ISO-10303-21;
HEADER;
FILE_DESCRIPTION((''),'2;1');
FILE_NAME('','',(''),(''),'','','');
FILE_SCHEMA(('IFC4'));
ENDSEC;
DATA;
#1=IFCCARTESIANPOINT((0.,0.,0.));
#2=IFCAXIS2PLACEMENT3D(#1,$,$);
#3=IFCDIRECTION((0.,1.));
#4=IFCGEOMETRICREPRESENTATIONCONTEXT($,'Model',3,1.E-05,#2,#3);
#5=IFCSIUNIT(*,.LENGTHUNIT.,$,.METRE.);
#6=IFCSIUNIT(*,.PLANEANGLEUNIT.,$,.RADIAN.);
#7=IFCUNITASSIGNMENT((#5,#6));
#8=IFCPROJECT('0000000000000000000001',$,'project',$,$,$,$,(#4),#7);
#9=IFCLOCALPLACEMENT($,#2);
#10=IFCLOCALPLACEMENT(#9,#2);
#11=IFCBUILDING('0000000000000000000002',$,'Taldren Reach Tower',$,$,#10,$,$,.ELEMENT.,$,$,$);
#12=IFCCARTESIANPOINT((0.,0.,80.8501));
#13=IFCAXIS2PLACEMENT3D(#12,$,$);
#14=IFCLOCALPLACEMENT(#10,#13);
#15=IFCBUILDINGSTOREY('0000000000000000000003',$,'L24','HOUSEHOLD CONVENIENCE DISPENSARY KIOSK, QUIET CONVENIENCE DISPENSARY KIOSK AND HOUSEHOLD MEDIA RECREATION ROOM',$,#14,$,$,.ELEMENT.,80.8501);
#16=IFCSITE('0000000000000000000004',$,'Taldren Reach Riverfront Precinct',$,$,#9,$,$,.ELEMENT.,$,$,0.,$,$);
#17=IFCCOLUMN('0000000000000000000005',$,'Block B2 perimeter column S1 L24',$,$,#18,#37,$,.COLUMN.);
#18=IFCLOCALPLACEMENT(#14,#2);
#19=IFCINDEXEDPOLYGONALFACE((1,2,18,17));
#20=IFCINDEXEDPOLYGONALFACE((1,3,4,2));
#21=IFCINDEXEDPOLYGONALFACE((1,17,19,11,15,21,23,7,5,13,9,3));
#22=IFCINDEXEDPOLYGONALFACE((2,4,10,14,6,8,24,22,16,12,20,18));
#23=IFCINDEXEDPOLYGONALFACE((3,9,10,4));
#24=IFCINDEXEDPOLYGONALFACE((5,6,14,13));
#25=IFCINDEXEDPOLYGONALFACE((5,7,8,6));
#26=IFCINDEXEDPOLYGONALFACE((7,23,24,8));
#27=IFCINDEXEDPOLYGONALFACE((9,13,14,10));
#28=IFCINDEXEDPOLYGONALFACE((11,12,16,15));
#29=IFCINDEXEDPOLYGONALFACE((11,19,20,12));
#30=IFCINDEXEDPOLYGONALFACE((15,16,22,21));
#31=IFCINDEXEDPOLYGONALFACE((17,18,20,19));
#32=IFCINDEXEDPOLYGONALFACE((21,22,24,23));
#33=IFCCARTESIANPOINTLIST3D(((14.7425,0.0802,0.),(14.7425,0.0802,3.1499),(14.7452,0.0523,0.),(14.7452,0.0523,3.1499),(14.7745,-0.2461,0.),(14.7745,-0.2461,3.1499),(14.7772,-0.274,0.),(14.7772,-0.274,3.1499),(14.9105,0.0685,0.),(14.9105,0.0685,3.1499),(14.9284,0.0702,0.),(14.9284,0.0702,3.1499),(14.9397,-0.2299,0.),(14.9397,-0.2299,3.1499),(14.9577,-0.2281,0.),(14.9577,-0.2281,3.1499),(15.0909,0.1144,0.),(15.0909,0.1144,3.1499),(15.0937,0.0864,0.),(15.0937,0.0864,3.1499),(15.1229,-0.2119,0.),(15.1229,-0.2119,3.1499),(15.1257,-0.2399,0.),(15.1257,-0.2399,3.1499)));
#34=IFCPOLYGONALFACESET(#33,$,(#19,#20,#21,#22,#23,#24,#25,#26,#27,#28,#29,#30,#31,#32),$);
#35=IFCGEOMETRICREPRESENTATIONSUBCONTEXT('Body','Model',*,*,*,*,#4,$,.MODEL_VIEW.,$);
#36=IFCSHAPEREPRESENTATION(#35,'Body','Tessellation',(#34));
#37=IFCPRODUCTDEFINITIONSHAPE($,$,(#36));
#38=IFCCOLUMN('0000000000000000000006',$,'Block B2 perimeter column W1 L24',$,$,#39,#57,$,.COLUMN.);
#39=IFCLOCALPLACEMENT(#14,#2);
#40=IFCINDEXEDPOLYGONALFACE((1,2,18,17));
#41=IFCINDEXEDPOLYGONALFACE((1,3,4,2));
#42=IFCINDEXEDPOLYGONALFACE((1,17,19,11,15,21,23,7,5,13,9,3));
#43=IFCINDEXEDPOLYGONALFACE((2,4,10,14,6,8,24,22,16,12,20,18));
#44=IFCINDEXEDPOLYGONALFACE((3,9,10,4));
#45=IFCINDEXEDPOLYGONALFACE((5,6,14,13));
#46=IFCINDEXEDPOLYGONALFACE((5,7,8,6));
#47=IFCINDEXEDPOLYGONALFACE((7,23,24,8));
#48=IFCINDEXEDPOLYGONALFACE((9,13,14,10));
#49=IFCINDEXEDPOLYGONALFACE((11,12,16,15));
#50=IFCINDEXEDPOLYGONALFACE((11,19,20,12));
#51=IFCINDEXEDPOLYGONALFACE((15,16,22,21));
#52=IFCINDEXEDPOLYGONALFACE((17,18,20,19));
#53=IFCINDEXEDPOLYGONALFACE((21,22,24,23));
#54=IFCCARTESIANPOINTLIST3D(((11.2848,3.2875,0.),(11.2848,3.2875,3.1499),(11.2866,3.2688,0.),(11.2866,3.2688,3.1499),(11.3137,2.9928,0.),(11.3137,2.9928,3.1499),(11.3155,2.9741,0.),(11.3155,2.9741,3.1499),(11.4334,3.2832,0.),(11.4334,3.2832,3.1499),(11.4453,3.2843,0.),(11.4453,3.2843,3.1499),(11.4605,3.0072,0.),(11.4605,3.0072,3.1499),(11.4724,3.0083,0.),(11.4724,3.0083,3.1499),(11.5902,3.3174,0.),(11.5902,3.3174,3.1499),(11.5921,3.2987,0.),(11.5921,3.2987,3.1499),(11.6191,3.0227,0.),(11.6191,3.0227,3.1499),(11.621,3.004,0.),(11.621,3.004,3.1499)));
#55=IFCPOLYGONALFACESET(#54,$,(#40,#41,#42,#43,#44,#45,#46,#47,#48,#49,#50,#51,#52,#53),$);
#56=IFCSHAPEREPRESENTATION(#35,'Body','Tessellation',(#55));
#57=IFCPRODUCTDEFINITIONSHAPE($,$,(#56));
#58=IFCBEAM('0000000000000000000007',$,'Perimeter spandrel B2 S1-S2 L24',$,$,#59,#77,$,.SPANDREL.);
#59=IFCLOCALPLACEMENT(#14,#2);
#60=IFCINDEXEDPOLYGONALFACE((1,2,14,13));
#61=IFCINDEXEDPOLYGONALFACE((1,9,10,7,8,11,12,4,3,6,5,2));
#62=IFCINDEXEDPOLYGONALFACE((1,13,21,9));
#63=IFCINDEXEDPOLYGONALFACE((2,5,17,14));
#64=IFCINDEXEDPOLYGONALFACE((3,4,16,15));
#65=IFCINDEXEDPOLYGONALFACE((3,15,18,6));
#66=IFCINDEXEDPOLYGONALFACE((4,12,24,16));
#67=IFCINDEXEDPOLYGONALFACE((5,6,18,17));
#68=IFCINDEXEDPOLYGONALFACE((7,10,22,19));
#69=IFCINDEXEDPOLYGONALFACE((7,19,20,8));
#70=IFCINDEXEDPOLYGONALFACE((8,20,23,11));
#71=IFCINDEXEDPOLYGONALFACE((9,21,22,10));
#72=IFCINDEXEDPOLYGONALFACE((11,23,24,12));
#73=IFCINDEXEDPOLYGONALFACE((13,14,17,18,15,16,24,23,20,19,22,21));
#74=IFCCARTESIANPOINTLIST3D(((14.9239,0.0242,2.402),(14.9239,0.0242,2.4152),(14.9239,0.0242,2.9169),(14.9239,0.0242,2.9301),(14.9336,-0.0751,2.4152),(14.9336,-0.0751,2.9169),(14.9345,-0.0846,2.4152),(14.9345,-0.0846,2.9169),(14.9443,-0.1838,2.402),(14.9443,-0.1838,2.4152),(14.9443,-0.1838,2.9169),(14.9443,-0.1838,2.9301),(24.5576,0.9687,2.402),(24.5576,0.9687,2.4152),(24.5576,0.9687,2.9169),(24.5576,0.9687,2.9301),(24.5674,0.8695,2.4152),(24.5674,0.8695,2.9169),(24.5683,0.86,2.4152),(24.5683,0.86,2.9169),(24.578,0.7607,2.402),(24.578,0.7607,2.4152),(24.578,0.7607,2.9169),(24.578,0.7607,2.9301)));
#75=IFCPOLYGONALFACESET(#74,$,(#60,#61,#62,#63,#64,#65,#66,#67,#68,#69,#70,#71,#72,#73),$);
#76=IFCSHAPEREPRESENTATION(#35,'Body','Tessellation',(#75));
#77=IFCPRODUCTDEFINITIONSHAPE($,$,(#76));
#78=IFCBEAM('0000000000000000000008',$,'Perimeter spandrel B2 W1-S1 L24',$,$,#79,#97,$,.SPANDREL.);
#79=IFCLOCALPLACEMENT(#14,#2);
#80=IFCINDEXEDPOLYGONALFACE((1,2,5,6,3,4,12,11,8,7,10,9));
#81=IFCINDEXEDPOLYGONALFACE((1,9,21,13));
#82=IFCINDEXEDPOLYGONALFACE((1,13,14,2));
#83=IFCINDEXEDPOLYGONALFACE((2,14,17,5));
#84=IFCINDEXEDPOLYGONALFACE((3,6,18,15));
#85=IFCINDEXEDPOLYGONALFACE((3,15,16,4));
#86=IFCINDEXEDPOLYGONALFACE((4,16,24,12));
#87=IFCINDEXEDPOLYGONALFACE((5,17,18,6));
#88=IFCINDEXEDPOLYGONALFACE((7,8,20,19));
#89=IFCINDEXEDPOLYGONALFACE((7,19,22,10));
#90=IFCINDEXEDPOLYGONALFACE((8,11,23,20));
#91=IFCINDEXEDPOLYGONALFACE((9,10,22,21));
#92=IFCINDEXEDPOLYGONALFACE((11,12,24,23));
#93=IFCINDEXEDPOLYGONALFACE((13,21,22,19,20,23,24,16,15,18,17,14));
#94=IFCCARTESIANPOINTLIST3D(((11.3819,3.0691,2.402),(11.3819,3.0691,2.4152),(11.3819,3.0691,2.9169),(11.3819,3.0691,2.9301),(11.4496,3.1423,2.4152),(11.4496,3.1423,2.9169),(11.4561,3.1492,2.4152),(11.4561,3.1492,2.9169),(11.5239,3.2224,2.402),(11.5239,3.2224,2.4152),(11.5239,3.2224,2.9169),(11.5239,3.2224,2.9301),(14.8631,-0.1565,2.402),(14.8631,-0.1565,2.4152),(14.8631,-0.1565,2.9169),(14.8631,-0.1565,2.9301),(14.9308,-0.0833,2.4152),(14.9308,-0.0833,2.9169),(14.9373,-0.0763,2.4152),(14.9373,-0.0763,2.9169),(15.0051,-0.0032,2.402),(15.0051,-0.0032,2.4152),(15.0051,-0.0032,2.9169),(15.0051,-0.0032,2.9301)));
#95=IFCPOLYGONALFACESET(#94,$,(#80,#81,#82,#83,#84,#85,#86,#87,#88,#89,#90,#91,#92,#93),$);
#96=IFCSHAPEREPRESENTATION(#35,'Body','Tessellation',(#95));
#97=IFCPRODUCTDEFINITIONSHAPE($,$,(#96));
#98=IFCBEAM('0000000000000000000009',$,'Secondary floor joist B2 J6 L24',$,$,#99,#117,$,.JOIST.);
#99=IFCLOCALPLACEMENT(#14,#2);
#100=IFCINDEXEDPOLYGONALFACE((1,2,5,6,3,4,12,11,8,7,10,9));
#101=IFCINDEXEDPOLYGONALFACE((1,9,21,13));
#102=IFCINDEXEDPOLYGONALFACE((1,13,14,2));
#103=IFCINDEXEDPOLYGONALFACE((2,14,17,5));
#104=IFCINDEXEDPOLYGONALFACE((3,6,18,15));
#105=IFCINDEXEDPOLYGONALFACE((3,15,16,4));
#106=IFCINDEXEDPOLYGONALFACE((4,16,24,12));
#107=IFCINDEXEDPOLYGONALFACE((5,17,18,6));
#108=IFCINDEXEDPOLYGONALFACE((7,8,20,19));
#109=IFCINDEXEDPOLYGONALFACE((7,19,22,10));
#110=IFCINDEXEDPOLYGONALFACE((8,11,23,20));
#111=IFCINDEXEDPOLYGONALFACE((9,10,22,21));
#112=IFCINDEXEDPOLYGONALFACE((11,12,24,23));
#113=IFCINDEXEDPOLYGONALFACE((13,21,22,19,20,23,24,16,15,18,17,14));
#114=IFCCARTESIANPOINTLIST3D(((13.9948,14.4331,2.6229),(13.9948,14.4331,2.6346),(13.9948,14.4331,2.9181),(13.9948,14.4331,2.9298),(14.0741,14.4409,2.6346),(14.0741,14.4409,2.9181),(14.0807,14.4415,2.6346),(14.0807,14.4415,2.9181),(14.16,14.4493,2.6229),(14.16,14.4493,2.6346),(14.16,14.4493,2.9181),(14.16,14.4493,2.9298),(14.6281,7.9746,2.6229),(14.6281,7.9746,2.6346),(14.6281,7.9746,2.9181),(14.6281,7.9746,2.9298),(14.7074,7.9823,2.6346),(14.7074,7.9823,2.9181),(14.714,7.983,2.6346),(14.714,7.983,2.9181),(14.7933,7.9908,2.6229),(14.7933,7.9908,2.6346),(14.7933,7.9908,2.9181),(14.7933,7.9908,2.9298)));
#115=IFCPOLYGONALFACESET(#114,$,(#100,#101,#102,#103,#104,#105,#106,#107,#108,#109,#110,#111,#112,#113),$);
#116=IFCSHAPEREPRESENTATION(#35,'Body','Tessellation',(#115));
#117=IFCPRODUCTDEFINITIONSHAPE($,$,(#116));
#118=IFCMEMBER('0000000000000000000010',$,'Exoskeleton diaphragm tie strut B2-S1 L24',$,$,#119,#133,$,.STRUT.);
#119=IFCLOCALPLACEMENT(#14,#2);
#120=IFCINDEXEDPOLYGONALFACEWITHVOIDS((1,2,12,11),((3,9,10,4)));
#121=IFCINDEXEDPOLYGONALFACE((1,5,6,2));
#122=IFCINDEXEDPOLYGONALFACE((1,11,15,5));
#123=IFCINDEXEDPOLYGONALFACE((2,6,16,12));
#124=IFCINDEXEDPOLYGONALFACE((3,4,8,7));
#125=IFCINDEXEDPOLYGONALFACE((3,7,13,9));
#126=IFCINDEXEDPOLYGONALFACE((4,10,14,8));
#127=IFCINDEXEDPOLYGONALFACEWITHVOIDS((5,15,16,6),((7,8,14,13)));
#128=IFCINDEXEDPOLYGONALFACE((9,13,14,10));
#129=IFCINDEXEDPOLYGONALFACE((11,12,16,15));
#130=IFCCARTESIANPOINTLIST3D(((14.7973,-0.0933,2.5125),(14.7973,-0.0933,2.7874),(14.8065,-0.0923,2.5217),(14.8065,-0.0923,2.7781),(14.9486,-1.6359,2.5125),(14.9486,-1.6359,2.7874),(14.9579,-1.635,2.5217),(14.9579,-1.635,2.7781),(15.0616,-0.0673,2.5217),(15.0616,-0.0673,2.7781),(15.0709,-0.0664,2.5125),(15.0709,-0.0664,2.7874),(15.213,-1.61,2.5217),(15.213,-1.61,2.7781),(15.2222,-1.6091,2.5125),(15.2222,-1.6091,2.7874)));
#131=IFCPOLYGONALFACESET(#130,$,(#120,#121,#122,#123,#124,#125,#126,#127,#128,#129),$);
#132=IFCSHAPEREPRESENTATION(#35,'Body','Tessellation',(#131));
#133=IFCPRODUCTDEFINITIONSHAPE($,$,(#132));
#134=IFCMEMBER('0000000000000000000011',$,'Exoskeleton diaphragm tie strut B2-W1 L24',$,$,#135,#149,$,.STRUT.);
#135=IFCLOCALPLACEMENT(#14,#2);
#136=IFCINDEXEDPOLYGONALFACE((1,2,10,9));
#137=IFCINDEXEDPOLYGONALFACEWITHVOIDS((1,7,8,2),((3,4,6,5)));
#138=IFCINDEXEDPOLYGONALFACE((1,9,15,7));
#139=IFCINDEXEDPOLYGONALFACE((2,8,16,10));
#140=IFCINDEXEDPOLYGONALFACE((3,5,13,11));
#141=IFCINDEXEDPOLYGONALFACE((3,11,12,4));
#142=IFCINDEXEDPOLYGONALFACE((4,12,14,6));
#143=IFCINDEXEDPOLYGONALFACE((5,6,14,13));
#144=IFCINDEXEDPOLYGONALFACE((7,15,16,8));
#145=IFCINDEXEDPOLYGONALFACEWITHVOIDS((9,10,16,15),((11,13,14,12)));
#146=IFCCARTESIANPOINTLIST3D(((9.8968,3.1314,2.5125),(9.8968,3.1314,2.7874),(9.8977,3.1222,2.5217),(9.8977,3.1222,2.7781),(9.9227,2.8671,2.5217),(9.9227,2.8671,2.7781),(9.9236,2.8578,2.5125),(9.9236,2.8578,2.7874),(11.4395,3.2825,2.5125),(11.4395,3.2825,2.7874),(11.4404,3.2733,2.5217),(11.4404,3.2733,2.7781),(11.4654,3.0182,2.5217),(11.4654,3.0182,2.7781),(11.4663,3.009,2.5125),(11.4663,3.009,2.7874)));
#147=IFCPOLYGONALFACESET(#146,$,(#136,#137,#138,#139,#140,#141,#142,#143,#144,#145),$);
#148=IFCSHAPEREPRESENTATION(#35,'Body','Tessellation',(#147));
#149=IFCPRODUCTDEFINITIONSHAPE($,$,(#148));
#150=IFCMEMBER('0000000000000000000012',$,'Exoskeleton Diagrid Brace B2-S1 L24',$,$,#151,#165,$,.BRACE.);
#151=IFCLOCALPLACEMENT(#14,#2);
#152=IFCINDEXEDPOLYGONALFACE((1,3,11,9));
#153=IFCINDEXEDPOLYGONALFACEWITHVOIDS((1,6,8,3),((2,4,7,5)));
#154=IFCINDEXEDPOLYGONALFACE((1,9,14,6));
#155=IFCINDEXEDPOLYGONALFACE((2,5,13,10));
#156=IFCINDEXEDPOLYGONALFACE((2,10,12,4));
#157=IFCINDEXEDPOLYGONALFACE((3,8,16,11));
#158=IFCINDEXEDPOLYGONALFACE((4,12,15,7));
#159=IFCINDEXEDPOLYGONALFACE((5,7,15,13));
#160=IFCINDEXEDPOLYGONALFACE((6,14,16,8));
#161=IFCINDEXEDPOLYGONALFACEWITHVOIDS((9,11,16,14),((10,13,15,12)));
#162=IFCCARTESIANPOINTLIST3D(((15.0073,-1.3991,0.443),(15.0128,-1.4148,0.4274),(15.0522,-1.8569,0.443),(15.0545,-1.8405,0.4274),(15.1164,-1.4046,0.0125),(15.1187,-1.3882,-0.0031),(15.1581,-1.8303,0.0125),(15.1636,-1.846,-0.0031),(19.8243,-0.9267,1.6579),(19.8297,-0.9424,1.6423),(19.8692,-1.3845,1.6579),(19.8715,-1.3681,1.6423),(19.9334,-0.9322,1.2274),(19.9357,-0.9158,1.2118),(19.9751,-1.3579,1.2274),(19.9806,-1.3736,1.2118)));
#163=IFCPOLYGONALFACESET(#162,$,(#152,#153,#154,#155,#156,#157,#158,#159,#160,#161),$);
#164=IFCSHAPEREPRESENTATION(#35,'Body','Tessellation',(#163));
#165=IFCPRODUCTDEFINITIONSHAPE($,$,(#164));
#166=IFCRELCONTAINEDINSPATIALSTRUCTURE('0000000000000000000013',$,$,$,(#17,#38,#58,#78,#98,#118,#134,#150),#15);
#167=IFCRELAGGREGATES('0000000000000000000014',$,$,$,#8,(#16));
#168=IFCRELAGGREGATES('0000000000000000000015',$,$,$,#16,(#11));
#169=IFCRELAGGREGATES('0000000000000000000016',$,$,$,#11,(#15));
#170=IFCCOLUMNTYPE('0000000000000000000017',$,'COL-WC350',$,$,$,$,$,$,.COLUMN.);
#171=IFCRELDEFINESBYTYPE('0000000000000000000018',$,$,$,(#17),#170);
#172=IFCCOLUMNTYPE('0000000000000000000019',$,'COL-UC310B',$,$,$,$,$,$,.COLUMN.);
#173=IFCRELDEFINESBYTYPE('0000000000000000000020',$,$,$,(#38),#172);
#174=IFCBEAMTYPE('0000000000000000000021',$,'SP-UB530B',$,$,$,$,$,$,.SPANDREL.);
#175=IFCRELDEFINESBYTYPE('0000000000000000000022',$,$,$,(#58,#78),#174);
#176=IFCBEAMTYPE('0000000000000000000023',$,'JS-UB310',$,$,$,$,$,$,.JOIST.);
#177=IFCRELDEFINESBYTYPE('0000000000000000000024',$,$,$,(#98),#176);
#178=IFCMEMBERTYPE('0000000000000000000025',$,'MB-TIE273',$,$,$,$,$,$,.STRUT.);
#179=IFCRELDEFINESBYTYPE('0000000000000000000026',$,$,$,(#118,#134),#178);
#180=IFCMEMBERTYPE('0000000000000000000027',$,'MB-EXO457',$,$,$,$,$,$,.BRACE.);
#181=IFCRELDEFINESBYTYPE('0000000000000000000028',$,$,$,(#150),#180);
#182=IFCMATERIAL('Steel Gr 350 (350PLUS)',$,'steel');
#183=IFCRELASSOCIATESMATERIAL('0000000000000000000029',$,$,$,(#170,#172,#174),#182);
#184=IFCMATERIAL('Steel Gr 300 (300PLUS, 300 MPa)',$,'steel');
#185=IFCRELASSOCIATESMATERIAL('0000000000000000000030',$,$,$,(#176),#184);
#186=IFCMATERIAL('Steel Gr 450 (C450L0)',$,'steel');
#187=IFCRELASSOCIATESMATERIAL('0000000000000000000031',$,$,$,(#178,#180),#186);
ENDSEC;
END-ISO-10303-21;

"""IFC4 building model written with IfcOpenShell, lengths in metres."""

from ifc_helpers import new_model, si_unit, direction, frame, origin, origin_2d, place, context, subcontext, project, spatial, hollow_rectangle, i_section, extrude, source, transform, mapped, material, material_profile, profile_set, type_object, element, save


model = new_model("IFC4")

# Units and contexts
model_context = context("Model", 3, precision=1e-05, world=origin(), true_north=direction((0.0, 1.0)))
body_context = subcontext(model_context, "Body", "Model", "MODEL_VIEW")
ifc_project = project(units=[si_unit("LENGTHUNIT", "METRE"), si_unit("PLANEANGLEUNIT", "RADIAN")], contexts=[model_context])

# Site, building, storey
site_placement = place(None, origin())
site = spatial("IfcSite", under=ifc_project, at=site_placement, Name="Taldren Reach Riverfront Precinct", CompositionType="ELEMENT", RefElevation=0.0)
building_placement = place(site_placement, origin())
building = spatial("IfcBuilding", under=site, at=building_placement, Name="Taldren Reach Tower", CompositionType="ELEMENT")
storey_placement = place(building_placement, frame((0.0, 0.0, 80.8501)))
storey = spatial("IfcBuildingStorey", under=building, at=storey_placement, Name="L24", Description="HOUSEHOLD CONVENIENCE DISPENSARY KIOSK, QUIET CONVENIENCE DISPENSARY KIOSK AND HOUSEHOLD MEDIA RECREATION ROOM", CompositionType="ELEMENT", Elevation=80.8501)

# Columns
ifc_material_1 = material(Name="Steel Gr 350 (350PLUS)", Category="steel")
ifc_material_profile_1 = material_profile(ifc_material_1, i_section(OverallWidth=0.3501, OverallDepth=0.356, WebThickness=0.0181, FlangeThickness=0.0281, at=origin_2d()), Name="350WC197")
ifc_profile_set_1 = profile_set([ifc_material_profile_1], Name="Steel Gr 350 (350PLUS)")
column_type_1 = type_object("IfcColumnType", Name="COL-WC350", PredefinedType="COLUMN", material=ifc_profile_set_1)
shared_shape_1 = source(origin(), body_context, "Body", "SweptSolid", [
    extrude(i_section(OverallWidth=0.3501, OverallDepth=0.356, WebThickness=0.0181, FlangeThickness=0.0281, at=origin_2d()), origin(), (0.0, 0.0, 1.0), 3.1499),
])
column_1_placement = place(storey_placement, frame((14.9341, -0.0798, 0.0), z_axis=(0.0, 0.0, 1.0), x_axis=(0.995227, 0.097583, 0.0)))
element("IfcColumn", 1, at=column_1_placement, inside=storey, type_object=column_type_1, Name="Block B2 perimeter column S1 L24", PredefinedType="COLUMN", context=body_context, shape_type="MappedRepresentation", body=[
    mapped(shared_shape_1, transform((0.0, 0.0, 0.0), scale=1.0)),
])
ifc_material_profile_2 = material_profile(ifc_material_1, i_section(OverallWidth=0.3069, OverallDepth=0.3149, WebThickness=0.012, FlangeThickness=0.0188, at=origin_2d()), Name="310UC118")
ifc_profile_set_2 = profile_set([ifc_material_profile_2], Name="Steel Gr 350 (350PLUS)")
column_type_2 = type_object("IfcColumnType", Name="COL-UC310B", PredefinedType="COLUMN", material=ifc_profile_set_2)
shared_shape_2 = source(origin(), body_context, "Body", "SweptSolid", [
    extrude(i_section(OverallWidth=0.3069, OverallDepth=0.3149, WebThickness=0.012, FlangeThickness=0.0188, at=origin_2d()), origin(), (0.0, 0.0, 1.0), 3.1499),
])
column_2_placement = place(storey_placement, frame((11.4529, 3.1458, 0.0), z_axis=(0.0, 0.0, 1.0), x_axis=(0.995227, 0.097583, 0.0)))
element("IfcColumn", 2, at=column_2_placement, inside=storey, type_object=column_type_2, Name="Block B2 perimeter column W1 L24", PredefinedType="COLUMN", context=body_context, shape_type="MappedRepresentation", body=[
    mapped(shared_shape_2, transform((0.0, 0.0, 0.0), scale=1.0)),
])

# Beams
ifc_material_profile_3 = material_profile(ifc_material_1, i_section(OverallWidth=0.209, OverallDepth=0.5281, WebThickness=0.0095, FlangeThickness=0.0132, at=origin_2d()), Name="530UB82.0")
ifc_profile_set_3 = profile_set([ifc_material_profile_3], Name="Steel Gr 350 (350PLUS)")
beam_type_1 = type_object("IfcBeamType", Name="SP-UB530B", PredefinedType="SPANDREL", material=ifc_profile_set_3)
shared_shape_3 = source(origin(), body_context, "Body", "SweptSolid", [
    extrude(i_section(OverallWidth=0.209, OverallDepth=0.5281, WebThickness=0.0095, FlangeThickness=0.0132, at=origin_2d()), origin(), (0.0, 0.0, 1.0), 9.6799),
])
beam_1_placement = place(storey_placement, frame((14.9341, -0.0798, 2.666), z_axis=(0.995228, 0.097581, 0.0), x_axis=(-0.097581, 0.995228, 0.0)))
element("IfcBeam", 3, at=beam_1_placement, inside=storey, type_object=beam_type_1, Name="Perimeter spandrel B2 S1-S2 L24", PredefinedType="SPANDREL", context=body_context, shape_type="MappedRepresentation", body=[
    mapped(shared_shape_3, transform((0.0, 0.0, 0.0), scale=1.0)),
])
shared_shape_4 = source(origin(), body_context, "Body", "SweptSolid", [
    extrude(i_section(OverallWidth=0.209, OverallDepth=0.5281, WebThickness=0.0095, FlangeThickness=0.0132, at=origin_2d()), origin(), (0.0, 0.0, 1.0), 4.7458),
])
beam_2_placement = place(storey_placement, frame((11.4529, 3.1458, 2.666), z_axis=(0.733524, -0.679663, 0.0), x_axis=(0.679663, 0.733524, 0.0)))
element("IfcBeam", 4, at=beam_2_placement, inside=storey, type_object=beam_type_1, Name="Perimeter spandrel B2 W1-S1 L24", PredefinedType="SPANDREL", context=body_context, shape_type="MappedRepresentation", body=[
    mapped(shared_shape_4, transform((0.0, 0.0, 0.0), scale=1.0)),
])
ifc_material_2 = material(Name="Steel Gr 300 (300PLUS, 300 MPa)", Category="steel")
ifc_material_profile_4 = material_profile(ifc_material_2, i_section(OverallWidth=0.166, OverallDepth=0.3069, WebThickness=0.0066, FlangeThickness=0.0117, at=origin_2d()), Name="310UB46.2")
ifc_profile_set_4 = profile_set([ifc_material_profile_4], Name="Steel Gr 300 (300PLUS, 300 MPa)")
beam_type_2 = type_object("IfcBeamType", Name="JS-UB310", PredefinedType="JOIST", material=ifc_profile_set_4)
shared_shape_5 = source(origin(), body_context, "Body", "SweptSolid", [
    extrude(i_section(OverallWidth=0.166, OverallDepth=0.3069, WebThickness=0.0066, FlangeThickness=0.0117, at=origin_2d()), origin(), (0.0, 0.0, 1.0), 6.4895),
])
beam_3_placement = place(storey_placement, frame((14.7107, 7.9827, 2.7764), z_axis=(-0.097589, 0.995227, 0.0), x_axis=(-0.995227, -0.097589, 0.0)))
element("IfcBeam", 5, at=beam_3_placement, inside=storey, type_object=beam_type_2, Name="Secondary floor joist B2 J6 L24", PredefinedType="JOIST", context=body_context, shape_type="MappedRepresentation", body=[
    mapped(shared_shape_5, transform((0.0, 0.0, 0.0), scale=1.0)),
])

# Members
ifc_material_3 = material(Name="Steel Gr 450 (C450L0)", Category="steel")
ifc_material_profile_5 = material_profile(ifc_material_3, hollow_rectangle(XDim=0.2749, YDim=0.2749, WallThickness=0.0093, at=origin_2d()), Name="275x275x9.3SHS")
ifc_profile_set_5 = profile_set([ifc_material_profile_5], Name="Steel Gr 450 (C450L0)")
member_type_1 = type_object("IfcMemberType", Name="MB-TIE273", PredefinedType="STRUT", material=ifc_profile_set_5)
shared_shape_6 = source(origin(), body_context, "Body", "SweptSolid", [
    extrude(hollow_rectangle(XDim=0.2749, YDim=0.2749, WallThickness=0.0093, at=origin_2d()), origin(), (0.0, 0.0, 1.0), 1.55),
])
for number, where, z_axis, x_axis, name in (
    (6, (14.9341, -0.0798, 2.6499), (0.097648, -0.995221, 0.0), (0.995221, 0.097648, 0.0), "Exoskeleton diaphragm tie strut B2-S1 L24"),
    (7, (11.4529, 3.1458, 2.6499), (-0.995236, -0.097492, 0.0), (0.097492, -0.995236, 0.0), "Exoskeleton diaphragm tie strut B2-W1 L24"),
):
    element("IfcMember", number, at=place(storey_placement, frame(where, z_axis=z_axis, x_axis=x_axis)), inside=storey, type_object=member_type_1, Name=name, PredefinedType="STRUT", context=body_context, shape_type="MappedRepresentation", body=[
        mapped(shared_shape_6, transform((0.0, 0.0, 0.0), scale=1.0)),
    ])
ifc_material_profile_6 = material_profile(ifc_material_3, hollow_rectangle(XDim=0.46, YDim=0.46, WallThickness=0.0161, at=origin_2d()), Name="460x460x16.0SHS")
ifc_profile_set_6 = profile_set([ifc_material_profile_6], Name="Steel Gr 450 (C450L0)")
member_type_2 = type_object("IfcMemberType", Name="MB-EXO457", PredefinedType="BRACE", material=ifc_profile_set_6)
shared_shape_7 = source(origin(), body_context, "Body", "SweptSolid", [
    extrude(hollow_rectangle(XDim=0.46, YDim=0.46, WallThickness=0.0161, at=origin_2d()), origin(), (0.0, 0.0, 1.0), 4.9902),
])
member_1_placement = place(storey_placement, frame((15.0854, -1.6226, 0.22), z_axis=(0.965283, 0.094669, 0.243449), x_axis=(-0.097606, 0.995225, 0.0)))
element("IfcMember", 8, at=member_1_placement, inside=storey, type_object=member_type_2, Name="Exoskeleton Diagrid Brace B2-S1 L24", PredefinedType="BRACE", context=body_context, shape_type="MappedRepresentation", body=[
    mapped(shared_shape_7, transform((0.0, 0.0, 0.0), scale=1.0)),
])

save(model, "model.ifc")
